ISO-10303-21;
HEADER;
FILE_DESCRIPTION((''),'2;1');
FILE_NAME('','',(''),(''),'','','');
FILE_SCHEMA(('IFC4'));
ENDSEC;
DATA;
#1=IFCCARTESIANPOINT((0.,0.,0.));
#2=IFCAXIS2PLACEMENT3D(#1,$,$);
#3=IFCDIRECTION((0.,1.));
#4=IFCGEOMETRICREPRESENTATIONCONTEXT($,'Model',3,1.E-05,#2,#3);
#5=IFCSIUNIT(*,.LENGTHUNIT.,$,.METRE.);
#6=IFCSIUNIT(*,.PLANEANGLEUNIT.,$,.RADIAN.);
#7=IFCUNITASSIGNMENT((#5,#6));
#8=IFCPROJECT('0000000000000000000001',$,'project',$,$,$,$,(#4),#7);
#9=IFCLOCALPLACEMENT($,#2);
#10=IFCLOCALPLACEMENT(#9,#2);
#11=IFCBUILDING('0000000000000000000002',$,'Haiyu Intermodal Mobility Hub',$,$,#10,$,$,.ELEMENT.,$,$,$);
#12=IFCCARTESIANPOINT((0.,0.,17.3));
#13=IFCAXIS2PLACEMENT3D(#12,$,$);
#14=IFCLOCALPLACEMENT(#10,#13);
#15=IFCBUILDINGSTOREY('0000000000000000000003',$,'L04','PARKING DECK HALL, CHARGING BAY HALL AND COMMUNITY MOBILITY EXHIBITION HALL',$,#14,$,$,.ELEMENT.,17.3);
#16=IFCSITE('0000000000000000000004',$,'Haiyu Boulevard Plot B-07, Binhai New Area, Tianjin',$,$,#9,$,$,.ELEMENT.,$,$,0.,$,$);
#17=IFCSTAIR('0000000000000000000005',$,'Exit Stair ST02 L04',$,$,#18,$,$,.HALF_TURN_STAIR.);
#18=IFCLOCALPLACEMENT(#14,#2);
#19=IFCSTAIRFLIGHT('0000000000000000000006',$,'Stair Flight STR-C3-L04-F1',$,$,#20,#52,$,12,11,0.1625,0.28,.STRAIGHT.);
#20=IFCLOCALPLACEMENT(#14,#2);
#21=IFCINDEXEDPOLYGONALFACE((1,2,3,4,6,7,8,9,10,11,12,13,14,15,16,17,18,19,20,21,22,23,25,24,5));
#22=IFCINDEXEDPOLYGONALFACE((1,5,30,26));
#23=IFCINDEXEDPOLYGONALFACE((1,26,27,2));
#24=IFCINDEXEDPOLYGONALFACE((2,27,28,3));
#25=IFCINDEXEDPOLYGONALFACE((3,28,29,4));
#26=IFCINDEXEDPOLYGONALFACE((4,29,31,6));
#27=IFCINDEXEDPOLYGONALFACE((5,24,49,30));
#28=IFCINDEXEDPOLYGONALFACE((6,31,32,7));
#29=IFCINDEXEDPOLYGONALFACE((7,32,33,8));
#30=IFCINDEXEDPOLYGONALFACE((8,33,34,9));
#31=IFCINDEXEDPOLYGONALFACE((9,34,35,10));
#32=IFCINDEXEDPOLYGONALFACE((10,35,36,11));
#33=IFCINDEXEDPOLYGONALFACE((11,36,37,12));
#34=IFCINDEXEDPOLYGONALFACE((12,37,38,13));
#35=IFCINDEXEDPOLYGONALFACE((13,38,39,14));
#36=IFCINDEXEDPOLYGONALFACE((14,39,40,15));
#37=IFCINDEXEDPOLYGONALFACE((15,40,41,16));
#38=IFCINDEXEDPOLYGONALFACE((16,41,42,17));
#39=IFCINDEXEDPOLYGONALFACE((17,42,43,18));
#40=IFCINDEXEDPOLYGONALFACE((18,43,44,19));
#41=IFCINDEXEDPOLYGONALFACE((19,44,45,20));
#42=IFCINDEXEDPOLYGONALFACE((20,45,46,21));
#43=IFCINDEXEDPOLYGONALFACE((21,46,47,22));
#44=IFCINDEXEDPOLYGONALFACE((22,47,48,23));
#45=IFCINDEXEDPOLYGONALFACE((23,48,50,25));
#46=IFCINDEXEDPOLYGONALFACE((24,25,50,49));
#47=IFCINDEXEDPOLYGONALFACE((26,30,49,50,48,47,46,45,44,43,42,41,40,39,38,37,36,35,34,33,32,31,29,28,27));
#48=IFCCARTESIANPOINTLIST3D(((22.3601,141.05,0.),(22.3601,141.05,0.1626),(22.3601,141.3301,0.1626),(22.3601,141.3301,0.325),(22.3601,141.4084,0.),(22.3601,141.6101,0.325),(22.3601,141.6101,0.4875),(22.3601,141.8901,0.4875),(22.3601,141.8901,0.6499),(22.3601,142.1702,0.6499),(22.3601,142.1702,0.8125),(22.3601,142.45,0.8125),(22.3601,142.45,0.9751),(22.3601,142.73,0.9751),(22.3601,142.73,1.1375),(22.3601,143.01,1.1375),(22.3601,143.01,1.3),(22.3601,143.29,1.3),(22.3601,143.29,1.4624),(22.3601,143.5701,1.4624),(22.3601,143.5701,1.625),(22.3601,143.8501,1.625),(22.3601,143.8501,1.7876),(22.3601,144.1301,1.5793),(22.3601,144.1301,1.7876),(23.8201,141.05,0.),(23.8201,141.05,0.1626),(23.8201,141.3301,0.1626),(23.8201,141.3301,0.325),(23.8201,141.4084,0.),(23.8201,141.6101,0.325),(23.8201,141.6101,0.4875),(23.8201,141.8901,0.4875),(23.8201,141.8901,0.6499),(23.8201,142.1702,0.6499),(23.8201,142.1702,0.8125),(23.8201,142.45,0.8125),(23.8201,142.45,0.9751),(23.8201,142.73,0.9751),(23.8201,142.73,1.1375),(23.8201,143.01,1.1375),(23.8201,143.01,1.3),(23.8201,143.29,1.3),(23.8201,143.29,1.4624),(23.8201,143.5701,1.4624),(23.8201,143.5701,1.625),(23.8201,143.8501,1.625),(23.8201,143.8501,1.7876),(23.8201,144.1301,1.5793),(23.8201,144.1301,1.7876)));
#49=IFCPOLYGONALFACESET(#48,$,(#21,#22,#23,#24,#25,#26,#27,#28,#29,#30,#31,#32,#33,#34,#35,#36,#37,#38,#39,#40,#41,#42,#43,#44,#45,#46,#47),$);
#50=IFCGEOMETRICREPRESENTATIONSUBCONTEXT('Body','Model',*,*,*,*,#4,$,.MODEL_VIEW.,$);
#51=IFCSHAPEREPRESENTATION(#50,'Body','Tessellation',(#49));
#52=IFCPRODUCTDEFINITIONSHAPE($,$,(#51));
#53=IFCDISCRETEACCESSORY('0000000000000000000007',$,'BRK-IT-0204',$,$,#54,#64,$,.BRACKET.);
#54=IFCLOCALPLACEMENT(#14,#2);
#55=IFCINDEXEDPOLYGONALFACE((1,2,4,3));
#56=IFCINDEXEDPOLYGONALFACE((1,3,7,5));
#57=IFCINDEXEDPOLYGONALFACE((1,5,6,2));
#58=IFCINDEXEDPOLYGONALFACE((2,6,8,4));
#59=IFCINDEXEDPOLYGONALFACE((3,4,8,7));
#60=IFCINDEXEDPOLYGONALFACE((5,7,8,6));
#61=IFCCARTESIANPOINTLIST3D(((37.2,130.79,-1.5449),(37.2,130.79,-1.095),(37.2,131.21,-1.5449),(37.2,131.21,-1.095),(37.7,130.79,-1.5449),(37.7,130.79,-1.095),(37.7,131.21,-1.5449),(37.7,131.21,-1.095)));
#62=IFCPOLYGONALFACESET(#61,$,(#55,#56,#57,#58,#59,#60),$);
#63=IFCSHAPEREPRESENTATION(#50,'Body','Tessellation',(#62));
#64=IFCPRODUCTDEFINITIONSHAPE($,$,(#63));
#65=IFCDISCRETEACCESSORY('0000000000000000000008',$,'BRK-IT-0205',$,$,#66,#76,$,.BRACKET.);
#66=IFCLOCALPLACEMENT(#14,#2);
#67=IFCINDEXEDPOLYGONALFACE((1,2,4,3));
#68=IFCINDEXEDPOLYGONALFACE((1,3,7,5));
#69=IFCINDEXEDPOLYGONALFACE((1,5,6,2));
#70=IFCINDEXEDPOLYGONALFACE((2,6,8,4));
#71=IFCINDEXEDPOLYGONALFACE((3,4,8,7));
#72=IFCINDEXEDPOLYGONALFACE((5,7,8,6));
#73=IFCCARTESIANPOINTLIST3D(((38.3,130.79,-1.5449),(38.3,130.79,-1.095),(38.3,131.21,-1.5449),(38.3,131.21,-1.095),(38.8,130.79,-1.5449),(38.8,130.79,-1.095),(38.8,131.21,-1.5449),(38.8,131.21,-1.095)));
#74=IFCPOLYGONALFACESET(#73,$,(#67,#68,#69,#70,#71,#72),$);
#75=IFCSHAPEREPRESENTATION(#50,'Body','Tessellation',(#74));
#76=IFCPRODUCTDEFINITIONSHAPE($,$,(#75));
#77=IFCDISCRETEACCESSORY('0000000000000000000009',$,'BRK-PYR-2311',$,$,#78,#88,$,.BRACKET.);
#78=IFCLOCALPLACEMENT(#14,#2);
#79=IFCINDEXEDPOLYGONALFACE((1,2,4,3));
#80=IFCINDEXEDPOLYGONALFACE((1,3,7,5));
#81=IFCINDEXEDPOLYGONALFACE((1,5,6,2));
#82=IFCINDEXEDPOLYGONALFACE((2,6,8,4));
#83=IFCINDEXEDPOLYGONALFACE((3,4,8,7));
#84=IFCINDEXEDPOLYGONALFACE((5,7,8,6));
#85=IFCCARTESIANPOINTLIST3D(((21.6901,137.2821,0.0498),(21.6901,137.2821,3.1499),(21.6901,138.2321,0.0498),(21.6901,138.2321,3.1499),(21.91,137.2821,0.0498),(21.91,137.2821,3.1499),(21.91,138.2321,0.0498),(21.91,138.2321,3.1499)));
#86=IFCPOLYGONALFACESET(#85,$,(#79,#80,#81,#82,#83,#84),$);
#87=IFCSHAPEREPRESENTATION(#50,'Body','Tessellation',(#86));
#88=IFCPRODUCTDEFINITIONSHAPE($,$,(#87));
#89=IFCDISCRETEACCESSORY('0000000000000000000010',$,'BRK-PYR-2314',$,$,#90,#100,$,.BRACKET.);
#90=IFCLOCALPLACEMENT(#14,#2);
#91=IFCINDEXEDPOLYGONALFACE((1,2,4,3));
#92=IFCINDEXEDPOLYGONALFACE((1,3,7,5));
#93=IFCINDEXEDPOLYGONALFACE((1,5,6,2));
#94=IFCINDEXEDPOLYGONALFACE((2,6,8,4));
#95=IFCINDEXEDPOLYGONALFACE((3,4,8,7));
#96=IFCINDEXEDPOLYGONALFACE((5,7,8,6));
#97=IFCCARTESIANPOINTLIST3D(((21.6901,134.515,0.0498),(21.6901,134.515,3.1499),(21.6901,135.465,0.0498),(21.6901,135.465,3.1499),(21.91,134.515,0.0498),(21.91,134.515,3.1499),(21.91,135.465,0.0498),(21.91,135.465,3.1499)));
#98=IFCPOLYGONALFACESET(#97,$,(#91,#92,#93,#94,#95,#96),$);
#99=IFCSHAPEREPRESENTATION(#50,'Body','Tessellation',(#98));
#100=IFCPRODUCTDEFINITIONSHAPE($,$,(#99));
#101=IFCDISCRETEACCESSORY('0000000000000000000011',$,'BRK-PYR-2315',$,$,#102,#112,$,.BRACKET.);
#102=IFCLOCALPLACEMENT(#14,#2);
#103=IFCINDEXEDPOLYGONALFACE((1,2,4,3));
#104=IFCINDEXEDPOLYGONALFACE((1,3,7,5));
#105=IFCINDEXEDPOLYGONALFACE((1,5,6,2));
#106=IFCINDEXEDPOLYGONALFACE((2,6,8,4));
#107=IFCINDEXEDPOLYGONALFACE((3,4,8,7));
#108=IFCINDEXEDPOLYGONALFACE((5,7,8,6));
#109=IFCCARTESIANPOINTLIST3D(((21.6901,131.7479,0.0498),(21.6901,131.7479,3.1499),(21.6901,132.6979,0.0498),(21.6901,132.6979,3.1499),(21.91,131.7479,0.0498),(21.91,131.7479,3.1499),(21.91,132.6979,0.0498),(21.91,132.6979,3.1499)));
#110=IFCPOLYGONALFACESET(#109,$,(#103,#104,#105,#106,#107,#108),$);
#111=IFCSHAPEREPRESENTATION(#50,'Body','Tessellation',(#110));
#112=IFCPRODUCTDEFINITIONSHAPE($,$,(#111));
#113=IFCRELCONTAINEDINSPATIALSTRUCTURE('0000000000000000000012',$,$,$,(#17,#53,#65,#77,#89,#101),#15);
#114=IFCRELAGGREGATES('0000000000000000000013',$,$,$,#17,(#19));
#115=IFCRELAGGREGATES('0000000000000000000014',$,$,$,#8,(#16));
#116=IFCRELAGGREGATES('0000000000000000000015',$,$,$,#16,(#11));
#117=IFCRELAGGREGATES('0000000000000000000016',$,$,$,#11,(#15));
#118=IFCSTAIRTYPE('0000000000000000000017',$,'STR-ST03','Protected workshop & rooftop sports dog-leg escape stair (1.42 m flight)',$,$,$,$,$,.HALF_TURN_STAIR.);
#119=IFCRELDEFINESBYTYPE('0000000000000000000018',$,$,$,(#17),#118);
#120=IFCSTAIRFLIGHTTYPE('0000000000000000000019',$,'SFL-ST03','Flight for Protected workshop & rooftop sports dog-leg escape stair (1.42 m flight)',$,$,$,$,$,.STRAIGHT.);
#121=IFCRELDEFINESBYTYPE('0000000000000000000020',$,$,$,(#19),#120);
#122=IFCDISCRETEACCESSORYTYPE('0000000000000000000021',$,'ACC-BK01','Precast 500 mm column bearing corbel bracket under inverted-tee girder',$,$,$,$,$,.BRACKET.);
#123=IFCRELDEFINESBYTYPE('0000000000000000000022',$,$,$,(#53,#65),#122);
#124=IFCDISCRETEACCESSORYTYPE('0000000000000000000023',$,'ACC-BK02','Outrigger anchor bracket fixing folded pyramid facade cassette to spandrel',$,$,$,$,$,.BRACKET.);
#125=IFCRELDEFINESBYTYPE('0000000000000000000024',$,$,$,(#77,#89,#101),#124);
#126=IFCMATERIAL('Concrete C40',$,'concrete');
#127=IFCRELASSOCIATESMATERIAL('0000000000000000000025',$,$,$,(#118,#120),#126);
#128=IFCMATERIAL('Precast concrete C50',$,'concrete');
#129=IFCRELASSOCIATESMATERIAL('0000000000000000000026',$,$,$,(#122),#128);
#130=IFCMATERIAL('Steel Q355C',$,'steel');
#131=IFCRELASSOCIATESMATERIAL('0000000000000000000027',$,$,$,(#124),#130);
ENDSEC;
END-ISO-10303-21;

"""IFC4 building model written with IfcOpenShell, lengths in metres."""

from ifc_helpers import new_model, si_unit, direction, frame, origin, origin_2d, place, context, subcontext, project, spatial, polyline, rectangle, outline, extrude, material, type_object, element, aggregate, save


model = new_model("IFC4")

# Units and contexts
model_context = context("Model", 3, precision=1e-05, world=origin(), true_north=direction((0.0, 1.0)))
body_context = subcontext(model_context, "Body", "Model", "MODEL_VIEW")
ifc_project = project(units=[si_unit("LENGTHUNIT", "METRE"), si_unit("PLANEANGLEUNIT", "RADIAN")], contexts=[model_context])

# Site, building, storey
site_placement = place(None, origin())
site = spatial("IfcSite", under=ifc_project, at=site_placement, Name="Haiyu Boulevard Plot B-07, Binhai New Area, Tianjin", CompositionType="ELEMENT", RefElevation=0.0)
building_placement = place(site_placement, origin())
building = spatial("IfcBuilding", under=site, at=building_placement, Name="Haiyu Intermodal Mobility Hub", CompositionType="ELEMENT")
storey_placement = place(building_placement, frame((0.0, 0.0, 17.3)))
storey = spatial("IfcBuildingStorey", under=building, at=storey_placement, Name="L04", Description="PARKING DECK HALL, CHARGING BAY HALL AND COMMUNITY MOBILITY EXHIBITION HALL", CompositionType="ELEMENT", Elevation=17.3)

# Shared definitions
ifc_material_1 = material(Name="Steel Q355C", Category="steel")

# Shared definitions
ifc_material_2 = material(Name="Concrete C40", Category="concrete")
ifc_material_3 = material(Name="Precast concrete C50", Category="concrete")

# Stair, stair flight
stair_type = type_object("IfcStairType", Name="STR-ST03", Description="Protected workshop & rooftop sports dog-leg escape stair (1.42 m flight)", PredefinedType="HALF_TURN_STAIR", material=ifc_material_2)
stair_placement = place(storey_placement, origin())
stair = element("IfcStair", 1, at=stair_placement, inside=storey, type_object=stair_type, Name="Exit Stair ST02 L04", PredefinedType="HALF_TURN_STAIR")
stair_flight_type = type_object("IfcStairFlightType", Name="SFL-ST03", Description="Flight for Protected workshop & rooftop sports dog-leg escape stair (1.42 m flight)", PredefinedType="STRAIGHT", material=ifc_material_2)
stair_flight_placement = place(storey_placement, frame((23.0901, 141.05, 0.0), z_axis=(0.0, 0.0, 1.0), x_axis=(0.0, 1.0, 0.0)))
stair_flight = element("IfcStairFlight", 2, at=stair_flight_placement, type_object=stair_flight_type, Name="Stair Flight STR-C3-L04-F1", NumberOfRisers=12, NumberOfTreads=11, PredefinedType="STRAIGHT", RiserHeight=0.1625, TreadLength=0.28, context=body_context, shape_type="SweptSolid", body=[
    extrude(outline(polyline([(0.0, 0.0), (0.0, 0.1626), (0.28, 0.1626), (0.28, 0.325), (0.5601, 0.325), (0.5601, 0.4875), (0.8401, 0.4875), (0.8401, 0.6499), (1.1201, 0.6499), (1.1201, 0.8125), (1.3999, 0.8125), (1.3999, 0.9751), (1.6799, 0.9751), (1.6799, 1.1375), (1.96, 1.1375), (1.96, 1.3), (2.24, 1.3), (2.24, 1.4624), (2.52, 1.4624), (2.52, 1.625), (2.8, 1.625), (2.8, 1.7876), (3.0801, 1.7876), (3.0801, 1.95), (3.0801, 1.5793), (0.3584, 0.0), (0.0, 0.0)])), frame((0.0, 0.73, 0.0), z_axis=(0.0, -1.0, 0.0), x_axis=(1.0, 0.0, 0.0)), (0.0, 0.0, 1.0), 1.46),
])
aggregate(stair, [stair_flight])

# Discrete accessories
discrete_accessory_type_1 = type_object("IfcDiscreteAccessoryType", Name="ACC-BK01", Description="Precast 500 mm column bearing corbel bracket under inverted-tee girder", PredefinedType="BRACKET", material=ifc_material_3)
for number, where, z_axis, x_axis, name in (
    (3, (37.45, 131.0, -1.5449), (0.0, 0.0, 1.0), (1.0, 0.0, 0.0), "BRK-IT-0204"),
    (4, (38.55, 131.0, -1.5449), (0.0, 0.0, 1.0), (1.0, 0.0, 0.0), "BRK-IT-0205"),
):
    element("IfcDiscreteAccessory", number, at=place(storey_placement, frame(where, z_axis=z_axis, x_axis=x_axis)), inside=storey, type_object=discrete_accessory_type_1, Name=name, PredefinedType="BRACKET", context=body_context, shape_type="SweptSolid", body=[
        extrude(rectangle(XDim=0.5, YDim=0.4199, at=origin_2d()), origin(), (0.0, 0.0, 1.0), 0.45),
    ])
discrete_accessory_type_2 = type_object("IfcDiscreteAccessoryType", Name="ACC-BK02", Description="Outrigger anchor bracket fixing folded pyramid facade cassette to spandrel", PredefinedType="BRACKET", material=ifc_material_1)
for number, where, z_axis, x_axis, name in (
    (5, (21.8, 137.7571, 0.0498), (0.0, 0.0, 1.0), (1.0, 0.0, 0.0), "BRK-PYR-2311"),
    (6, (21.8, 134.99, 0.0498), (0.0, 0.0, 1.0), (1.0, 0.0, 0.0), "BRK-PYR-2314"),
    (7, (21.8, 132.2229, 0.0498), (0.0, 0.0, 1.0), (1.0, 0.0, 0.0), "BRK-PYR-2315"),
):
    element("IfcDiscreteAccessory", number, at=place(storey_placement, frame(where, z_axis=z_axis, x_axis=x_axis)), inside=storey, type_object=discrete_accessory_type_2, Name=name, PredefinedType="BRACKET", context=body_context, shape_type="SweptSolid", body=[
        extrude(rectangle(XDim=0.22, YDim=0.95, at=origin_2d()), origin(), (0.0, 0.0, 1.0), 3.1001),
    ])

save(model, "model.ifc")
